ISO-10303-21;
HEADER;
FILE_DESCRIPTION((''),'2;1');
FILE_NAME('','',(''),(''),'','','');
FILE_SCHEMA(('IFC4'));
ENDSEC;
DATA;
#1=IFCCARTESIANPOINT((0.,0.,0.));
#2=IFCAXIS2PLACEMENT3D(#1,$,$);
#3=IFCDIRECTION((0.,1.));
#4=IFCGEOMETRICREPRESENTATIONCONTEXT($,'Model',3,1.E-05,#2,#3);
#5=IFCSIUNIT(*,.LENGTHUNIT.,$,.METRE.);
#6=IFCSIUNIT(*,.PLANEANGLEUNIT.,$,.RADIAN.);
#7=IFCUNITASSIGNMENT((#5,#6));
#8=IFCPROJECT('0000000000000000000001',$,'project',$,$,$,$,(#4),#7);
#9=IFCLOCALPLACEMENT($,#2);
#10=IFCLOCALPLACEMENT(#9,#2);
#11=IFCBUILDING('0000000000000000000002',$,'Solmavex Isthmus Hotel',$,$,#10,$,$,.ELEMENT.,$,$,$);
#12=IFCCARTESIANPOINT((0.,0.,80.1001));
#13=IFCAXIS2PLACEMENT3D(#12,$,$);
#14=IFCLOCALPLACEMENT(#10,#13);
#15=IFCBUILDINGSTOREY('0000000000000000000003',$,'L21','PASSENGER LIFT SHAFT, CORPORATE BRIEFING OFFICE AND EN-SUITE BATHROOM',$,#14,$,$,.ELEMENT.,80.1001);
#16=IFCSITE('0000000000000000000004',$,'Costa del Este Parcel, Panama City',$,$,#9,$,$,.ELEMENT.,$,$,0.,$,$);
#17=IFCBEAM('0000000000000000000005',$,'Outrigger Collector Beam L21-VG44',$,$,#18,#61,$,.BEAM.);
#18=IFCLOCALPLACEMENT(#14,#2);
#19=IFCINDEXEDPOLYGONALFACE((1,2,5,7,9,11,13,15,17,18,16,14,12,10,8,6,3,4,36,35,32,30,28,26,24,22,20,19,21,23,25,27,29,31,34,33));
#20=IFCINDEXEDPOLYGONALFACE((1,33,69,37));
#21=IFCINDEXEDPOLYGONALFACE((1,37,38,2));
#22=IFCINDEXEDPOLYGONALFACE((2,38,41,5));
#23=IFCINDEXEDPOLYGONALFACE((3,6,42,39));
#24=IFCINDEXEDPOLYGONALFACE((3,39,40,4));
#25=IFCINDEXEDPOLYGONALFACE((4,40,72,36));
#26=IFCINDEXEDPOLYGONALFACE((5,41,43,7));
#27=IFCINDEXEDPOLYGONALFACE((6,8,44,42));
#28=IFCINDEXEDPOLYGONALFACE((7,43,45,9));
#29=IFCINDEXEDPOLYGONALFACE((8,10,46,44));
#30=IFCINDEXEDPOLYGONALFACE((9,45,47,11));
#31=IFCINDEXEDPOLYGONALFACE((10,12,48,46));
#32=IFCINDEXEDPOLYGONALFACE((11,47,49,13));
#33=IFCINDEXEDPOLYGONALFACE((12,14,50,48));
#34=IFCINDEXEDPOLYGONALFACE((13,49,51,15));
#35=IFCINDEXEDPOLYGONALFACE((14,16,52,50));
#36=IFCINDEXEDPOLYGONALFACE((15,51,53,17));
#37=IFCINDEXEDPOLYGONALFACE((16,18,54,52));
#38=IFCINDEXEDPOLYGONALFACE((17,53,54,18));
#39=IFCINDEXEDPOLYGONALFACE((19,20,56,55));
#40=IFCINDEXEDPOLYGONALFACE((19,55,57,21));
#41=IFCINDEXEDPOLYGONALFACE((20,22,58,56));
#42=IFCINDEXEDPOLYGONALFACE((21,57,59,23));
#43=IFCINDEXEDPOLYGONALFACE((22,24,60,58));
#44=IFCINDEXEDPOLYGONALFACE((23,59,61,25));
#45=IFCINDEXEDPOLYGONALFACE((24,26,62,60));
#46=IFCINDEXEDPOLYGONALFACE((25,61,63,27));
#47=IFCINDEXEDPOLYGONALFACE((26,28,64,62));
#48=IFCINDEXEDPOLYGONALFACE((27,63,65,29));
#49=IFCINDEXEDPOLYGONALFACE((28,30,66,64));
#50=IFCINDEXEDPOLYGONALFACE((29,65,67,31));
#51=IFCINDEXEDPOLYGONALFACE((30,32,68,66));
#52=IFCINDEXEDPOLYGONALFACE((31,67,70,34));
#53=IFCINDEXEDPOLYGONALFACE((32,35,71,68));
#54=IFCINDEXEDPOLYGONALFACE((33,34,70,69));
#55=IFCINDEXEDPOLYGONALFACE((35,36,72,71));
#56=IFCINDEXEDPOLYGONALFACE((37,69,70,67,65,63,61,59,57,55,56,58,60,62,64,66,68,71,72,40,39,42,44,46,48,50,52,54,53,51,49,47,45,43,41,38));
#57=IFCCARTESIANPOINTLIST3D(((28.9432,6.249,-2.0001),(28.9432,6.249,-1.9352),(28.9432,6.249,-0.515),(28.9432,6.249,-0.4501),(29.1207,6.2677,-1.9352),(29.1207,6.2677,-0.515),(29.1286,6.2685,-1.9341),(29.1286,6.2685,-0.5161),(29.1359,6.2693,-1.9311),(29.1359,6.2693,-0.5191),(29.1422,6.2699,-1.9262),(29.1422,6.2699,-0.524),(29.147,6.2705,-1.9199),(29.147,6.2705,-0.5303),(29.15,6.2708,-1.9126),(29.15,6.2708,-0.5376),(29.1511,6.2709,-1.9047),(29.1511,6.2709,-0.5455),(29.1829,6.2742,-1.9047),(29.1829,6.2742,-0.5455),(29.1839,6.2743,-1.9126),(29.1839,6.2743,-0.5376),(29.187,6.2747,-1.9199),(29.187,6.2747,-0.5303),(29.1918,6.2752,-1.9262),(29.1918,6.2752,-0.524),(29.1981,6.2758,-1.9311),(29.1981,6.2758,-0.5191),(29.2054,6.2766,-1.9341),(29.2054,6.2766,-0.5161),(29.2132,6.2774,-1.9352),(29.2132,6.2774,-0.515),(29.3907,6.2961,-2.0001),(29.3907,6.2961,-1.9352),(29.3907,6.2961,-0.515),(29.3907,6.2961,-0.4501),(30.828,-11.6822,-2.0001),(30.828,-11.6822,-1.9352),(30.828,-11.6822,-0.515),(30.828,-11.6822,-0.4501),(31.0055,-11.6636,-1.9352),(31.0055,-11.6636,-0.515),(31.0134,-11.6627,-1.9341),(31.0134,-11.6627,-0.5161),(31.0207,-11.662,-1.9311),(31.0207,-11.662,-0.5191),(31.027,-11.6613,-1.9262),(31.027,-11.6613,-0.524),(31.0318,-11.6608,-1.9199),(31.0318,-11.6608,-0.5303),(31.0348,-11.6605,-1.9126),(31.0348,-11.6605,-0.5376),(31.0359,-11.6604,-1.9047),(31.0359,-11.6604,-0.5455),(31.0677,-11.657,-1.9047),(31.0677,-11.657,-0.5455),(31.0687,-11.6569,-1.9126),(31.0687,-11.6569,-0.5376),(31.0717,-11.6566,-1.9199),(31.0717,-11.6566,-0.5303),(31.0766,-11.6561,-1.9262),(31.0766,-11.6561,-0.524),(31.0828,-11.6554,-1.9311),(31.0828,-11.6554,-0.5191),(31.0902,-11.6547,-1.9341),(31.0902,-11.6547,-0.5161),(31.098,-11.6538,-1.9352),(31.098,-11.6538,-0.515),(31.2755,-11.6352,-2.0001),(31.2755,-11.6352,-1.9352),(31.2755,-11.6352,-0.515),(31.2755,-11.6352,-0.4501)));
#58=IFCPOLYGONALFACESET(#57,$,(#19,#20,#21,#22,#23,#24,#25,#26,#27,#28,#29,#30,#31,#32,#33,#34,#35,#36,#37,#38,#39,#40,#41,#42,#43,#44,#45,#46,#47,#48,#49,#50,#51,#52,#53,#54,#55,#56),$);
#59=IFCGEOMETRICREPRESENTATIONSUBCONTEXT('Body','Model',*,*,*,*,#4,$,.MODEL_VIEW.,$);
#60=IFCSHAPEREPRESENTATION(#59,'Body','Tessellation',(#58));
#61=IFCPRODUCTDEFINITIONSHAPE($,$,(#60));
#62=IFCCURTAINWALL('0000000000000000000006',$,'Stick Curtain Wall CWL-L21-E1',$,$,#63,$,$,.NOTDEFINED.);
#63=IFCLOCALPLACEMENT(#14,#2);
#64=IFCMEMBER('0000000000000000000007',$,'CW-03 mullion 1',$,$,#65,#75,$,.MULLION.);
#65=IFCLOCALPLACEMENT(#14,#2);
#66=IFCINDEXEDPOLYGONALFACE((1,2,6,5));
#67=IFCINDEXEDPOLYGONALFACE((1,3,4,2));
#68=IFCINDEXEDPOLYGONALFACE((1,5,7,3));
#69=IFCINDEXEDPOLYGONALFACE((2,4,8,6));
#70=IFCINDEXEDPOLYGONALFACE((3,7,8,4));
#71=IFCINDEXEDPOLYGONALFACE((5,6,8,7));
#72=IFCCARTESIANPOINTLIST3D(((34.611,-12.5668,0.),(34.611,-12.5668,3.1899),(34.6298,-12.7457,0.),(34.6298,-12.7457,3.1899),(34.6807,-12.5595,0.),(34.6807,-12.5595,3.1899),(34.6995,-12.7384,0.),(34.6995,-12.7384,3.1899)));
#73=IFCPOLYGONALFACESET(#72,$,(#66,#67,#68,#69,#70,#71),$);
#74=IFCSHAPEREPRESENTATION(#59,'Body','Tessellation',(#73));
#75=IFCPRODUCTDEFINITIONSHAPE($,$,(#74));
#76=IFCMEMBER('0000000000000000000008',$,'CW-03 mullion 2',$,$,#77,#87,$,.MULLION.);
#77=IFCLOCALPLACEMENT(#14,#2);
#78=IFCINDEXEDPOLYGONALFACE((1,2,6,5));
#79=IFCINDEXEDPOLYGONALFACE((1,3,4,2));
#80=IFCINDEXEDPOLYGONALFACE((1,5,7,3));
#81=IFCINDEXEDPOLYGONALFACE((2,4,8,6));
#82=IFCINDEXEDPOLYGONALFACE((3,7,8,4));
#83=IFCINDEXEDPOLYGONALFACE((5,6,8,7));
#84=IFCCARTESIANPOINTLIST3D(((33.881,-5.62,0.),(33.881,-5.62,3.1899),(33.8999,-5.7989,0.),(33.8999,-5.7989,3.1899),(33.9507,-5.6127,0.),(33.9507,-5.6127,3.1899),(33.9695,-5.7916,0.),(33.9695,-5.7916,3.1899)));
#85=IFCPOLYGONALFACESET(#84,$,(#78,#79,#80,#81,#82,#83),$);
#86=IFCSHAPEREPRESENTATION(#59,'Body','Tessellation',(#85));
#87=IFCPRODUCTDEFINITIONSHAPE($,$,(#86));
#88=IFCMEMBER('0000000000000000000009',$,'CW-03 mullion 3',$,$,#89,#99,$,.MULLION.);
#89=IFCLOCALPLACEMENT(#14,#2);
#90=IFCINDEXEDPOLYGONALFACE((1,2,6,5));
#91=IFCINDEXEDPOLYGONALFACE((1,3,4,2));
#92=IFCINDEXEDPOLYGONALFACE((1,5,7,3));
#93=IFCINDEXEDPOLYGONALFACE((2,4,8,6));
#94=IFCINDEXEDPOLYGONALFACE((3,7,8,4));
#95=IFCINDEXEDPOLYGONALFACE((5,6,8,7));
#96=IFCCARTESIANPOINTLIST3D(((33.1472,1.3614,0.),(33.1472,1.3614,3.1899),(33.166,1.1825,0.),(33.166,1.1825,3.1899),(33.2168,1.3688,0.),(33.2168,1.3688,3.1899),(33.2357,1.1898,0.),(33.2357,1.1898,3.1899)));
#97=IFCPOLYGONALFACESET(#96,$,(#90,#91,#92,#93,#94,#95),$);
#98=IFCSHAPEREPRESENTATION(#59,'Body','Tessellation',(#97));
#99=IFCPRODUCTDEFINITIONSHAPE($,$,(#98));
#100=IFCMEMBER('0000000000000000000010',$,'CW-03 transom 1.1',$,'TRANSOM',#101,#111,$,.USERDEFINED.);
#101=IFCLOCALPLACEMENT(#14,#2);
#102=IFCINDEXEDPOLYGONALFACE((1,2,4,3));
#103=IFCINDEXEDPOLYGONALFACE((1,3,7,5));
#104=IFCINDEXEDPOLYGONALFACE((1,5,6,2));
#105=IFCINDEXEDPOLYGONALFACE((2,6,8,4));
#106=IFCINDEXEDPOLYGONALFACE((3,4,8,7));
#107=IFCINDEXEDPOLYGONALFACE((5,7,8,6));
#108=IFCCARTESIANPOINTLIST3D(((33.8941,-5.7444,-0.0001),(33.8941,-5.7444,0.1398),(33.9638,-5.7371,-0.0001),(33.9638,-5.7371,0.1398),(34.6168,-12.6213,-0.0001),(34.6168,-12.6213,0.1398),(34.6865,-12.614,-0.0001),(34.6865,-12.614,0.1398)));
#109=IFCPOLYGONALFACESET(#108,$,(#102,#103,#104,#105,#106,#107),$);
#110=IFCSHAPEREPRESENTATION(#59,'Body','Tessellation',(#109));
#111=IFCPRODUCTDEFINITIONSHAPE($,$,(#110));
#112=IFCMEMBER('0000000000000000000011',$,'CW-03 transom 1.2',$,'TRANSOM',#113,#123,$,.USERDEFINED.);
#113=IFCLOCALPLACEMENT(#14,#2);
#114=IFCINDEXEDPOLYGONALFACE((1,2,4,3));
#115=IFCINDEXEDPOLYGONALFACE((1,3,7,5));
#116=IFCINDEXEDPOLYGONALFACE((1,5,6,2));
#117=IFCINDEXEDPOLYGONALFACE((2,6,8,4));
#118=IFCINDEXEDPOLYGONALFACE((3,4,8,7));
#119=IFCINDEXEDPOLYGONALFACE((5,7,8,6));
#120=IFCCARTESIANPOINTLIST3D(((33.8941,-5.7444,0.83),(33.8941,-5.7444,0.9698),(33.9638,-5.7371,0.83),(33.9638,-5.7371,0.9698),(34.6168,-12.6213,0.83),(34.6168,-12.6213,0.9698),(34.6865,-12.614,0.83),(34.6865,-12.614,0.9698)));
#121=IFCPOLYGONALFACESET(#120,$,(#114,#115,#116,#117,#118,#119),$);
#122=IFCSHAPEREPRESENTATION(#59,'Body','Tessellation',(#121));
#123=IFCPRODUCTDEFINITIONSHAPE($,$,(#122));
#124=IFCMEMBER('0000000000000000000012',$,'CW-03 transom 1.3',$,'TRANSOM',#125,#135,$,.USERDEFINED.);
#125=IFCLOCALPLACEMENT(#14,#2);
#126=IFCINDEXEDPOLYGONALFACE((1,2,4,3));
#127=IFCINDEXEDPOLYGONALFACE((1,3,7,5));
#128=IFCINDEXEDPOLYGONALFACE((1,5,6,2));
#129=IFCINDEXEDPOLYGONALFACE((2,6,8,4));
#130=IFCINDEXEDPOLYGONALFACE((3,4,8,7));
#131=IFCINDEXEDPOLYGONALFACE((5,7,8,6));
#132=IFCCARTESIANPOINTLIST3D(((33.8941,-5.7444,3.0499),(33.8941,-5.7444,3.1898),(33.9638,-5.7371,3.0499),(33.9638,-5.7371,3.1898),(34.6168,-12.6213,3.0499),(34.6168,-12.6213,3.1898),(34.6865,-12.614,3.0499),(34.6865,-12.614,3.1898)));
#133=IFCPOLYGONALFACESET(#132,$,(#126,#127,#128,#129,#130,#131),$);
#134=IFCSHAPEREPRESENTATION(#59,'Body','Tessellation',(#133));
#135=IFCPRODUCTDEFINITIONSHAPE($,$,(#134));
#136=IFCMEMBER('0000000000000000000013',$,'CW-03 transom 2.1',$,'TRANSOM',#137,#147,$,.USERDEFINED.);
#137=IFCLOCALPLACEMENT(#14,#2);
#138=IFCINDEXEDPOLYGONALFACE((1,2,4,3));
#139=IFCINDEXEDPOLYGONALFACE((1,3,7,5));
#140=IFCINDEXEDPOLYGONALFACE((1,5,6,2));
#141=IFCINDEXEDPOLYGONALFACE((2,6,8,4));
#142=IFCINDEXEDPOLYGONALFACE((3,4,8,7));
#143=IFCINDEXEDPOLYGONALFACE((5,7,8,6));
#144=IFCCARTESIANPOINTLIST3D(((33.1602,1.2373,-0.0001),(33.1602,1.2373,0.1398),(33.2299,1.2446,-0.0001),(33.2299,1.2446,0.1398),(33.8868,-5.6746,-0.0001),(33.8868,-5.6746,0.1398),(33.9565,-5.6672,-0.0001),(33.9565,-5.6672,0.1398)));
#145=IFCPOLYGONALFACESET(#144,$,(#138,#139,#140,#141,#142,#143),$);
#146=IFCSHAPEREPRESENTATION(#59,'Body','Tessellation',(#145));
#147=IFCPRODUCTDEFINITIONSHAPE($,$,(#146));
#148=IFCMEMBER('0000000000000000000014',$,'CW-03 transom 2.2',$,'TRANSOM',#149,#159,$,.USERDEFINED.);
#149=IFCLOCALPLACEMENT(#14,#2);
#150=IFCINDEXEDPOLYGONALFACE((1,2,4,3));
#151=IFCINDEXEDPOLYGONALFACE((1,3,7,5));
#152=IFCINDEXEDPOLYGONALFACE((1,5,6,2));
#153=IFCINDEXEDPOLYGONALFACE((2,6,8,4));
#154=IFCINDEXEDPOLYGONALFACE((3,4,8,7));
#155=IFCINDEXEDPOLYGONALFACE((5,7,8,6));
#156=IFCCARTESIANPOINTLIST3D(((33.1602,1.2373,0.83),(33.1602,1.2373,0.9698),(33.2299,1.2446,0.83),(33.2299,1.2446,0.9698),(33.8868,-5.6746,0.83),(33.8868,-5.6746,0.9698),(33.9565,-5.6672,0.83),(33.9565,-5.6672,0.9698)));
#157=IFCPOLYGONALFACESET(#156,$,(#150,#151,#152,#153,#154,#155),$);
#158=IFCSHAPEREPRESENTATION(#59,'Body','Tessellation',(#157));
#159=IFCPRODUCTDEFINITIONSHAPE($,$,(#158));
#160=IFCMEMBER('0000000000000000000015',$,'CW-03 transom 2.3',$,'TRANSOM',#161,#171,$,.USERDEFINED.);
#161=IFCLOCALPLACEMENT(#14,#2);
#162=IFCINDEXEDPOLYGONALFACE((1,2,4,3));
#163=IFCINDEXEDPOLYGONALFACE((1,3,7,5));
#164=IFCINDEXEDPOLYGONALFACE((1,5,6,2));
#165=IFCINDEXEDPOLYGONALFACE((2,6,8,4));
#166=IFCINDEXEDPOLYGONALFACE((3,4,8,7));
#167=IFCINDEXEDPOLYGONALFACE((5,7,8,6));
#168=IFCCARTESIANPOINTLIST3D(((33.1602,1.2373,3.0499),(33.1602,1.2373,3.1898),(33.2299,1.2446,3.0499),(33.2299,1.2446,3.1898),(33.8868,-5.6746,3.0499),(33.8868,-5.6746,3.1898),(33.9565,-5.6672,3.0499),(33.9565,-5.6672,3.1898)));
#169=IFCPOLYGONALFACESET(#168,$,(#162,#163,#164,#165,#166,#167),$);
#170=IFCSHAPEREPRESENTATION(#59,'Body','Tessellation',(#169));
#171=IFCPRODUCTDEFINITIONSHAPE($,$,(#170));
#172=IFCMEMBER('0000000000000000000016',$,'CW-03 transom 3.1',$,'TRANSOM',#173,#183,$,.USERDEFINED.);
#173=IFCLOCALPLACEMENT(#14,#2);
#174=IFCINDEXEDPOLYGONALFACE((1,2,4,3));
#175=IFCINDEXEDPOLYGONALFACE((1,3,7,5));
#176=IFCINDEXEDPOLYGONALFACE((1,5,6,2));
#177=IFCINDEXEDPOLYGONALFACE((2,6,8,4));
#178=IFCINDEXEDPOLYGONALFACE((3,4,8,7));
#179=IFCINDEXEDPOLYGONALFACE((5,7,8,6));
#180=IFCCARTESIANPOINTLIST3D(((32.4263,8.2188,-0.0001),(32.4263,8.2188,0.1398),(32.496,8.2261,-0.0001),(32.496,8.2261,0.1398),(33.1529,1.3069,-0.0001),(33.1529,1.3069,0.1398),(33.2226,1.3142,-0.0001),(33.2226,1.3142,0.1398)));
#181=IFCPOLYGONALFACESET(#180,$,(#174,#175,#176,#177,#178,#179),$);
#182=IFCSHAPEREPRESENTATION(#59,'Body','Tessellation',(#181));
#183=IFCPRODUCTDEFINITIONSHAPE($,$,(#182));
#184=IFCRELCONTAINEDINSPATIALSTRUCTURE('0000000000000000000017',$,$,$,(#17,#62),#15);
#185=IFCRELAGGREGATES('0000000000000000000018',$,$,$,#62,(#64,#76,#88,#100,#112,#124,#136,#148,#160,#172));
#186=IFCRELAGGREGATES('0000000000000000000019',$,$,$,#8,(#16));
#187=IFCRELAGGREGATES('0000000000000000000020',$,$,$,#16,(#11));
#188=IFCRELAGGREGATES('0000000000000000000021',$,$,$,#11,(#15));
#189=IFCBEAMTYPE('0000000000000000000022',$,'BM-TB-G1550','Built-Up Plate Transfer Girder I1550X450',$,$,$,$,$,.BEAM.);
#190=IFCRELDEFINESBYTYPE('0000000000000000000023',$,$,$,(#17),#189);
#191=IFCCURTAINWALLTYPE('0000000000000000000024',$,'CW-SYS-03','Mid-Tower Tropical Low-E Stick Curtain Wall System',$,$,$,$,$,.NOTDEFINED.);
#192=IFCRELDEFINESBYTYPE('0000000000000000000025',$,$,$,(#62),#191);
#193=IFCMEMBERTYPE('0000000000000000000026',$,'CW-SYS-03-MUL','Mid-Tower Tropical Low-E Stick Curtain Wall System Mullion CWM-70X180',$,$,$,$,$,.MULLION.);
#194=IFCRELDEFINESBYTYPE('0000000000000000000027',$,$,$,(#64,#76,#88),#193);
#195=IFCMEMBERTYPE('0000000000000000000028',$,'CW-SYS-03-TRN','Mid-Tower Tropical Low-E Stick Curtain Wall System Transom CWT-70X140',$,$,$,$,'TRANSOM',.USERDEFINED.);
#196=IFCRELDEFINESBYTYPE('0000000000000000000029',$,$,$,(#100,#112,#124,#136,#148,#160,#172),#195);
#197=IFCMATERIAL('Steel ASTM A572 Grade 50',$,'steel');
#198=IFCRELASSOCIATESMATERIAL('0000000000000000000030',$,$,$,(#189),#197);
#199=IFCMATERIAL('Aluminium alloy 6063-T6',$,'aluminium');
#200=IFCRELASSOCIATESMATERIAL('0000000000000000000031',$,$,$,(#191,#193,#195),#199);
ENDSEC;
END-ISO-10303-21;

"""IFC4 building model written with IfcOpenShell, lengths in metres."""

from ifc_helpers import new_model, si_unit, direction, frame, origin, origin_2d, place, context, subcontext, project, spatial, rectangle, i_section, extrude, material, material_profile, profile_set, type_object, element, aggregate, save


model = new_model("IFC4")

# Units and contexts
model_context = context("Model", 3, precision=1e-05, world=origin(), true_north=direction((0.0, 1.0)))
body_context = subcontext(model_context, "Body", "Model", "MODEL_VIEW")
ifc_project = project(units=[si_unit("LENGTHUNIT", "METRE"), si_unit("PLANEANGLEUNIT", "RADIAN")], contexts=[model_context])

# Site, building, storey
site_placement = place(None, origin())
site = spatial("IfcSite", under=ifc_project, at=site_placement, Name="Costa del Este Parcel, Panama City", CompositionType="ELEMENT", RefElevation=0.0)
building_placement = place(site_placement, origin())
building = spatial("IfcBuilding", under=site, at=building_placement, Name="Solmavex Isthmus Hotel", CompositionType="ELEMENT")
storey_placement = place(building_placement, frame((0.0, 0.0, 80.1001)))
storey = spatial("IfcBuildingStorey", under=building, at=storey_placement, Name="L21", Description="PASSENGER LIFT SHAFT, CORPORATE BRIEFING OFFICE AND EN-SUITE BATHROOM", CompositionType="ELEMENT", Elevation=80.1001)

# Beam
ifc_material_1 = material(Name="Steel ASTM A572 Grade 50", Category="steel")
ifc_material_profile_1 = material_profile(ifc_material_1, i_section(OverallWidth=0.45, OverallDepth=1.55, WebThickness=0.032, FlangeThickness=0.0649, FilletRadius=0.0305, at=origin_2d()), Name="I1550X450")
ifc_profile_set_1 = profile_set([ifc_material_profile_1], Name="Steel ASTM A572 Grade 50")
beam_type = type_object("IfcBeamType", Name="BM-TB-G1550", Description="Built-Up Plate Transfer Girder I1550X450", PredefinedType="BEAM", material=ifc_profile_set_1)
beam_1_placement = place(storey_placement, frame((31.0518, -11.6587, -1.2251), z_axis=(-0.104535, 0.994521, 0.0), x_axis=(-0.994521, -0.104535, 0.0)))
element("IfcBeam", 1, at=beam_1_placement, inside=storey, type_object=beam_type, Name="Outrigger Collector Beam L21-VG44", PredefinedType="BEAM", context=body_context, shape_type="SweptSolid", body=[
    extrude(i_section(OverallWidth=0.45, OverallDepth=1.55, WebThickness=0.032, FlangeThickness=0.0649, FilletRadius=0.0305, at=origin_2d()), origin(), (0.0, 0.0, 1.0), 18.03),
])

# Curtain wall, members
ifc_material_2 = material(Name="Aluminium alloy 6063-T6", Category="aluminium")
curtain_wall_type = type_object("IfcCurtainWallType", Name="CW-SYS-03", Description="Mid-Tower Tropical Low-E Stick Curtain Wall System", PredefinedType="NOTDEFINED", material=ifc_material_2)
curtain_wall_placement = place(storey_placement, origin())
curtain_wall = element("IfcCurtainWall", 2, at=curtain_wall_placement, inside=storey, type_object=curtain_wall_type, Name="Stick Curtain Wall CWL-L21-E1", PredefinedType="NOTDEFINED")
ifc_material_profile_2 = material_profile(ifc_material_2, rectangle(XDim=0.0701, YDim=0.1799, at=origin_2d()), Name="CWM-70X180")
ifc_profile_set_2 = profile_set([ifc_material_profile_2], Name="Aluminium alloy 6063-T6")
member_type_1 = type_object("IfcMemberType", Name="CW-SYS-03-MUL", Description="Mid-Tower Tropical Low-E Stick Curtain Wall System Mullion CWM-70X180", PredefinedType="MULLION", material=ifc_profile_set_2)
member_1_placement = place(storey_placement, frame((34.6553, -12.6526, 0.0), z_axis=(0.0, 0.0, 1.0), x_axis=(-0.994522, -0.104528, 0.0)))
member_1 = element("IfcMember", 3, at=member_1_placement, type_object=member_type_1, Name="CW-03 mullion 1", PredefinedType="MULLION", context=body_context, shape_type="SweptSolid", body=[
    extrude(rectangle(XDim=0.0701, YDim=0.1799, at=origin_2d()), origin(), (0.0, 0.0, 1.0), 3.1899),
])
member_2_placement = place(storey_placement, frame((33.9253, -5.7058, 0.0), z_axis=(0.0, 0.0, 1.0), x_axis=(-0.994522, -0.104528, 0.0)))
member_2 = element("IfcMember", 4, at=member_2_placement, type_object=member_type_1, Name="CW-03 mullion 2", PredefinedType="MULLION", context=body_context, shape_type="SweptSolid", body=[
    extrude(rectangle(XDim=0.0701, YDim=0.1799, at=origin_2d()), origin(), (0.0, 0.0, 1.0), 3.1899),
])
member_3_placement = place(storey_placement, frame((33.1914, 1.2756, 0.0), z_axis=(0.0, 0.0, 1.0), x_axis=(-0.994522, -0.104528, 0.0)))
member_3 = element("IfcMember", 5, at=member_3_placement, type_object=member_type_1, Name="CW-03 mullion 3", PredefinedType="MULLION", context=body_context, shape_type="SweptSolid", body=[
    extrude(rectangle(XDim=0.0701, YDim=0.1799, at=origin_2d()), origin(), (0.0, 0.0, 1.0), 3.1899),
])
ifc_material_profile_3 = material_profile(ifc_material_2, rectangle(XDim=0.0701, YDim=0.1399, at=origin_2d()), Name="CWT-70X140")
ifc_profile_set_3 = profile_set([ifc_material_profile_3], Name="Aluminium alloy 6063-T6")
member_type_2 = type_object("IfcMemberType", Name="CW-SYS-03-TRN", Description="Mid-Tower Tropical Low-E Stick Curtain Wall System Transom CWT-70X140", ElementType="TRANSOM", PredefinedType="USERDEFINED", material=ifc_profile_set_3)
member_4_placement = place(storey_placement, frame((34.6516, -12.6177, 0.0698), z_axis=(-0.104508, 0.994524, 0.0), x_axis=(-0.994524, -0.104508, 0.0)))
member_4 = element("IfcMember", 6, at=member_4_placement, type_object=member_type_2, Name="CW-03 transom 1.1", ObjectType="TRANSOM", PredefinedType="USERDEFINED", context=body_context, shape_type="SweptSolid", body=[
    extrude(rectangle(XDim=0.0701, YDim=0.1399, at=origin_2d()), origin(), (0.0, 0.0, 1.0), 6.9148),
])
member_5_placement = place(storey_placement, frame((34.6516, -12.6177, 0.8999), z_axis=(-0.104508, 0.994524, 0.0), x_axis=(-0.994524, -0.104508, 0.0)))
member_5 = element("IfcMember", 7, at=member_5_placement, type_object=member_type_2, Name="CW-03 transom 1.2", ObjectType="TRANSOM", PredefinedType="USERDEFINED", context=body_context, shape_type="SweptSolid", body=[
    extrude(rectangle(XDim=0.0701, YDim=0.1399, at=origin_2d()), origin(), (0.0, 0.0, 1.0), 6.9148),
])
member_6_placement = place(storey_placement, frame((34.6516, -12.6177, 3.1199), z_axis=(-0.104508, 0.994524, 0.0), x_axis=(-0.994524, -0.104508, 0.0)))
member_6 = element("IfcMember", 8, at=member_6_placement, type_object=member_type_2, Name="CW-03 transom 1.3", ObjectType="TRANSOM", PredefinedType="USERDEFINED", context=body_context, shape_type="SweptSolid", body=[
    extrude(rectangle(XDim=0.0701, YDim=0.1399, at=origin_2d()), origin(), (0.0, 0.0, 1.0), 6.9148),
])
member_7_placement = place(storey_placement, frame((33.9216, -5.6709, 0.0698), z_axis=(-0.104542, 0.99452, 0.0), x_axis=(-0.99452, -0.104542, 0.0)))
member_7 = element("IfcMember", 9, at=member_7_placement, type_object=member_type_2, Name="CW-03 transom 2.1", ObjectType="TRANSOM", PredefinedType="USERDEFINED", context=body_context, shape_type="SweptSolid", body=[
    extrude(rectangle(XDim=0.0701, YDim=0.1399, at=origin_2d()), origin(), (0.0, 0.0, 1.0), 6.95),
])
member_8_placement = place(storey_placement, frame((33.9216, -5.6709, 0.8999), z_axis=(-0.104542, 0.99452, 0.0), x_axis=(-0.99452, -0.104542, 0.0)))
member_8 = element("IfcMember", 10, at=member_8_placement, type_object=member_type_2, Name="CW-03 transom 2.2", ObjectType="TRANSOM", PredefinedType="USERDEFINED", context=body_context, shape_type="SweptSolid", body=[
    extrude(rectangle(XDim=0.0701, YDim=0.1399, at=origin_2d()), origin(), (0.0, 0.0, 1.0), 6.95),
])
member_9_placement = place(storey_placement, frame((33.9216, -5.6709, 3.1199), z_axis=(-0.104542, 0.99452, 0.0), x_axis=(-0.99452, -0.104542, 0.0)))
member_9 = element("IfcMember", 11, at=member_9_placement, type_object=member_type_2, Name="CW-03 transom 2.3", ObjectType="TRANSOM", PredefinedType="USERDEFINED", context=body_context, shape_type="SweptSolid", body=[
    extrude(rectangle(XDim=0.0701, YDim=0.1399, at=origin_2d()), origin(), (0.0, 0.0, 1.0), 6.95),
])
member_10_placement = place(storey_placement, frame((33.1877, 1.3105, 0.0698), z_axis=(-0.104542, 0.99452, 0.0), x_axis=(-0.99452, -0.104542, 0.0)))
member_10 = element("IfcMember", 12, at=member_10_placement, type_object=member_type_2, Name="CW-03 transom 3.1", ObjectType="TRANSOM", PredefinedType="USERDEFINED", context=body_context, shape_type="SweptSolid", body=[
    extrude(rectangle(XDim=0.0701, YDim=0.1399, at=origin_2d()), origin(), (0.0, 0.0, 1.0), 6.95),
])
aggregate(curtain_wall, [member_1, member_2, member_3, member_4, member_5, member_6, member_7, member_8, member_9, member_10])

save(model, "model.ifc")
